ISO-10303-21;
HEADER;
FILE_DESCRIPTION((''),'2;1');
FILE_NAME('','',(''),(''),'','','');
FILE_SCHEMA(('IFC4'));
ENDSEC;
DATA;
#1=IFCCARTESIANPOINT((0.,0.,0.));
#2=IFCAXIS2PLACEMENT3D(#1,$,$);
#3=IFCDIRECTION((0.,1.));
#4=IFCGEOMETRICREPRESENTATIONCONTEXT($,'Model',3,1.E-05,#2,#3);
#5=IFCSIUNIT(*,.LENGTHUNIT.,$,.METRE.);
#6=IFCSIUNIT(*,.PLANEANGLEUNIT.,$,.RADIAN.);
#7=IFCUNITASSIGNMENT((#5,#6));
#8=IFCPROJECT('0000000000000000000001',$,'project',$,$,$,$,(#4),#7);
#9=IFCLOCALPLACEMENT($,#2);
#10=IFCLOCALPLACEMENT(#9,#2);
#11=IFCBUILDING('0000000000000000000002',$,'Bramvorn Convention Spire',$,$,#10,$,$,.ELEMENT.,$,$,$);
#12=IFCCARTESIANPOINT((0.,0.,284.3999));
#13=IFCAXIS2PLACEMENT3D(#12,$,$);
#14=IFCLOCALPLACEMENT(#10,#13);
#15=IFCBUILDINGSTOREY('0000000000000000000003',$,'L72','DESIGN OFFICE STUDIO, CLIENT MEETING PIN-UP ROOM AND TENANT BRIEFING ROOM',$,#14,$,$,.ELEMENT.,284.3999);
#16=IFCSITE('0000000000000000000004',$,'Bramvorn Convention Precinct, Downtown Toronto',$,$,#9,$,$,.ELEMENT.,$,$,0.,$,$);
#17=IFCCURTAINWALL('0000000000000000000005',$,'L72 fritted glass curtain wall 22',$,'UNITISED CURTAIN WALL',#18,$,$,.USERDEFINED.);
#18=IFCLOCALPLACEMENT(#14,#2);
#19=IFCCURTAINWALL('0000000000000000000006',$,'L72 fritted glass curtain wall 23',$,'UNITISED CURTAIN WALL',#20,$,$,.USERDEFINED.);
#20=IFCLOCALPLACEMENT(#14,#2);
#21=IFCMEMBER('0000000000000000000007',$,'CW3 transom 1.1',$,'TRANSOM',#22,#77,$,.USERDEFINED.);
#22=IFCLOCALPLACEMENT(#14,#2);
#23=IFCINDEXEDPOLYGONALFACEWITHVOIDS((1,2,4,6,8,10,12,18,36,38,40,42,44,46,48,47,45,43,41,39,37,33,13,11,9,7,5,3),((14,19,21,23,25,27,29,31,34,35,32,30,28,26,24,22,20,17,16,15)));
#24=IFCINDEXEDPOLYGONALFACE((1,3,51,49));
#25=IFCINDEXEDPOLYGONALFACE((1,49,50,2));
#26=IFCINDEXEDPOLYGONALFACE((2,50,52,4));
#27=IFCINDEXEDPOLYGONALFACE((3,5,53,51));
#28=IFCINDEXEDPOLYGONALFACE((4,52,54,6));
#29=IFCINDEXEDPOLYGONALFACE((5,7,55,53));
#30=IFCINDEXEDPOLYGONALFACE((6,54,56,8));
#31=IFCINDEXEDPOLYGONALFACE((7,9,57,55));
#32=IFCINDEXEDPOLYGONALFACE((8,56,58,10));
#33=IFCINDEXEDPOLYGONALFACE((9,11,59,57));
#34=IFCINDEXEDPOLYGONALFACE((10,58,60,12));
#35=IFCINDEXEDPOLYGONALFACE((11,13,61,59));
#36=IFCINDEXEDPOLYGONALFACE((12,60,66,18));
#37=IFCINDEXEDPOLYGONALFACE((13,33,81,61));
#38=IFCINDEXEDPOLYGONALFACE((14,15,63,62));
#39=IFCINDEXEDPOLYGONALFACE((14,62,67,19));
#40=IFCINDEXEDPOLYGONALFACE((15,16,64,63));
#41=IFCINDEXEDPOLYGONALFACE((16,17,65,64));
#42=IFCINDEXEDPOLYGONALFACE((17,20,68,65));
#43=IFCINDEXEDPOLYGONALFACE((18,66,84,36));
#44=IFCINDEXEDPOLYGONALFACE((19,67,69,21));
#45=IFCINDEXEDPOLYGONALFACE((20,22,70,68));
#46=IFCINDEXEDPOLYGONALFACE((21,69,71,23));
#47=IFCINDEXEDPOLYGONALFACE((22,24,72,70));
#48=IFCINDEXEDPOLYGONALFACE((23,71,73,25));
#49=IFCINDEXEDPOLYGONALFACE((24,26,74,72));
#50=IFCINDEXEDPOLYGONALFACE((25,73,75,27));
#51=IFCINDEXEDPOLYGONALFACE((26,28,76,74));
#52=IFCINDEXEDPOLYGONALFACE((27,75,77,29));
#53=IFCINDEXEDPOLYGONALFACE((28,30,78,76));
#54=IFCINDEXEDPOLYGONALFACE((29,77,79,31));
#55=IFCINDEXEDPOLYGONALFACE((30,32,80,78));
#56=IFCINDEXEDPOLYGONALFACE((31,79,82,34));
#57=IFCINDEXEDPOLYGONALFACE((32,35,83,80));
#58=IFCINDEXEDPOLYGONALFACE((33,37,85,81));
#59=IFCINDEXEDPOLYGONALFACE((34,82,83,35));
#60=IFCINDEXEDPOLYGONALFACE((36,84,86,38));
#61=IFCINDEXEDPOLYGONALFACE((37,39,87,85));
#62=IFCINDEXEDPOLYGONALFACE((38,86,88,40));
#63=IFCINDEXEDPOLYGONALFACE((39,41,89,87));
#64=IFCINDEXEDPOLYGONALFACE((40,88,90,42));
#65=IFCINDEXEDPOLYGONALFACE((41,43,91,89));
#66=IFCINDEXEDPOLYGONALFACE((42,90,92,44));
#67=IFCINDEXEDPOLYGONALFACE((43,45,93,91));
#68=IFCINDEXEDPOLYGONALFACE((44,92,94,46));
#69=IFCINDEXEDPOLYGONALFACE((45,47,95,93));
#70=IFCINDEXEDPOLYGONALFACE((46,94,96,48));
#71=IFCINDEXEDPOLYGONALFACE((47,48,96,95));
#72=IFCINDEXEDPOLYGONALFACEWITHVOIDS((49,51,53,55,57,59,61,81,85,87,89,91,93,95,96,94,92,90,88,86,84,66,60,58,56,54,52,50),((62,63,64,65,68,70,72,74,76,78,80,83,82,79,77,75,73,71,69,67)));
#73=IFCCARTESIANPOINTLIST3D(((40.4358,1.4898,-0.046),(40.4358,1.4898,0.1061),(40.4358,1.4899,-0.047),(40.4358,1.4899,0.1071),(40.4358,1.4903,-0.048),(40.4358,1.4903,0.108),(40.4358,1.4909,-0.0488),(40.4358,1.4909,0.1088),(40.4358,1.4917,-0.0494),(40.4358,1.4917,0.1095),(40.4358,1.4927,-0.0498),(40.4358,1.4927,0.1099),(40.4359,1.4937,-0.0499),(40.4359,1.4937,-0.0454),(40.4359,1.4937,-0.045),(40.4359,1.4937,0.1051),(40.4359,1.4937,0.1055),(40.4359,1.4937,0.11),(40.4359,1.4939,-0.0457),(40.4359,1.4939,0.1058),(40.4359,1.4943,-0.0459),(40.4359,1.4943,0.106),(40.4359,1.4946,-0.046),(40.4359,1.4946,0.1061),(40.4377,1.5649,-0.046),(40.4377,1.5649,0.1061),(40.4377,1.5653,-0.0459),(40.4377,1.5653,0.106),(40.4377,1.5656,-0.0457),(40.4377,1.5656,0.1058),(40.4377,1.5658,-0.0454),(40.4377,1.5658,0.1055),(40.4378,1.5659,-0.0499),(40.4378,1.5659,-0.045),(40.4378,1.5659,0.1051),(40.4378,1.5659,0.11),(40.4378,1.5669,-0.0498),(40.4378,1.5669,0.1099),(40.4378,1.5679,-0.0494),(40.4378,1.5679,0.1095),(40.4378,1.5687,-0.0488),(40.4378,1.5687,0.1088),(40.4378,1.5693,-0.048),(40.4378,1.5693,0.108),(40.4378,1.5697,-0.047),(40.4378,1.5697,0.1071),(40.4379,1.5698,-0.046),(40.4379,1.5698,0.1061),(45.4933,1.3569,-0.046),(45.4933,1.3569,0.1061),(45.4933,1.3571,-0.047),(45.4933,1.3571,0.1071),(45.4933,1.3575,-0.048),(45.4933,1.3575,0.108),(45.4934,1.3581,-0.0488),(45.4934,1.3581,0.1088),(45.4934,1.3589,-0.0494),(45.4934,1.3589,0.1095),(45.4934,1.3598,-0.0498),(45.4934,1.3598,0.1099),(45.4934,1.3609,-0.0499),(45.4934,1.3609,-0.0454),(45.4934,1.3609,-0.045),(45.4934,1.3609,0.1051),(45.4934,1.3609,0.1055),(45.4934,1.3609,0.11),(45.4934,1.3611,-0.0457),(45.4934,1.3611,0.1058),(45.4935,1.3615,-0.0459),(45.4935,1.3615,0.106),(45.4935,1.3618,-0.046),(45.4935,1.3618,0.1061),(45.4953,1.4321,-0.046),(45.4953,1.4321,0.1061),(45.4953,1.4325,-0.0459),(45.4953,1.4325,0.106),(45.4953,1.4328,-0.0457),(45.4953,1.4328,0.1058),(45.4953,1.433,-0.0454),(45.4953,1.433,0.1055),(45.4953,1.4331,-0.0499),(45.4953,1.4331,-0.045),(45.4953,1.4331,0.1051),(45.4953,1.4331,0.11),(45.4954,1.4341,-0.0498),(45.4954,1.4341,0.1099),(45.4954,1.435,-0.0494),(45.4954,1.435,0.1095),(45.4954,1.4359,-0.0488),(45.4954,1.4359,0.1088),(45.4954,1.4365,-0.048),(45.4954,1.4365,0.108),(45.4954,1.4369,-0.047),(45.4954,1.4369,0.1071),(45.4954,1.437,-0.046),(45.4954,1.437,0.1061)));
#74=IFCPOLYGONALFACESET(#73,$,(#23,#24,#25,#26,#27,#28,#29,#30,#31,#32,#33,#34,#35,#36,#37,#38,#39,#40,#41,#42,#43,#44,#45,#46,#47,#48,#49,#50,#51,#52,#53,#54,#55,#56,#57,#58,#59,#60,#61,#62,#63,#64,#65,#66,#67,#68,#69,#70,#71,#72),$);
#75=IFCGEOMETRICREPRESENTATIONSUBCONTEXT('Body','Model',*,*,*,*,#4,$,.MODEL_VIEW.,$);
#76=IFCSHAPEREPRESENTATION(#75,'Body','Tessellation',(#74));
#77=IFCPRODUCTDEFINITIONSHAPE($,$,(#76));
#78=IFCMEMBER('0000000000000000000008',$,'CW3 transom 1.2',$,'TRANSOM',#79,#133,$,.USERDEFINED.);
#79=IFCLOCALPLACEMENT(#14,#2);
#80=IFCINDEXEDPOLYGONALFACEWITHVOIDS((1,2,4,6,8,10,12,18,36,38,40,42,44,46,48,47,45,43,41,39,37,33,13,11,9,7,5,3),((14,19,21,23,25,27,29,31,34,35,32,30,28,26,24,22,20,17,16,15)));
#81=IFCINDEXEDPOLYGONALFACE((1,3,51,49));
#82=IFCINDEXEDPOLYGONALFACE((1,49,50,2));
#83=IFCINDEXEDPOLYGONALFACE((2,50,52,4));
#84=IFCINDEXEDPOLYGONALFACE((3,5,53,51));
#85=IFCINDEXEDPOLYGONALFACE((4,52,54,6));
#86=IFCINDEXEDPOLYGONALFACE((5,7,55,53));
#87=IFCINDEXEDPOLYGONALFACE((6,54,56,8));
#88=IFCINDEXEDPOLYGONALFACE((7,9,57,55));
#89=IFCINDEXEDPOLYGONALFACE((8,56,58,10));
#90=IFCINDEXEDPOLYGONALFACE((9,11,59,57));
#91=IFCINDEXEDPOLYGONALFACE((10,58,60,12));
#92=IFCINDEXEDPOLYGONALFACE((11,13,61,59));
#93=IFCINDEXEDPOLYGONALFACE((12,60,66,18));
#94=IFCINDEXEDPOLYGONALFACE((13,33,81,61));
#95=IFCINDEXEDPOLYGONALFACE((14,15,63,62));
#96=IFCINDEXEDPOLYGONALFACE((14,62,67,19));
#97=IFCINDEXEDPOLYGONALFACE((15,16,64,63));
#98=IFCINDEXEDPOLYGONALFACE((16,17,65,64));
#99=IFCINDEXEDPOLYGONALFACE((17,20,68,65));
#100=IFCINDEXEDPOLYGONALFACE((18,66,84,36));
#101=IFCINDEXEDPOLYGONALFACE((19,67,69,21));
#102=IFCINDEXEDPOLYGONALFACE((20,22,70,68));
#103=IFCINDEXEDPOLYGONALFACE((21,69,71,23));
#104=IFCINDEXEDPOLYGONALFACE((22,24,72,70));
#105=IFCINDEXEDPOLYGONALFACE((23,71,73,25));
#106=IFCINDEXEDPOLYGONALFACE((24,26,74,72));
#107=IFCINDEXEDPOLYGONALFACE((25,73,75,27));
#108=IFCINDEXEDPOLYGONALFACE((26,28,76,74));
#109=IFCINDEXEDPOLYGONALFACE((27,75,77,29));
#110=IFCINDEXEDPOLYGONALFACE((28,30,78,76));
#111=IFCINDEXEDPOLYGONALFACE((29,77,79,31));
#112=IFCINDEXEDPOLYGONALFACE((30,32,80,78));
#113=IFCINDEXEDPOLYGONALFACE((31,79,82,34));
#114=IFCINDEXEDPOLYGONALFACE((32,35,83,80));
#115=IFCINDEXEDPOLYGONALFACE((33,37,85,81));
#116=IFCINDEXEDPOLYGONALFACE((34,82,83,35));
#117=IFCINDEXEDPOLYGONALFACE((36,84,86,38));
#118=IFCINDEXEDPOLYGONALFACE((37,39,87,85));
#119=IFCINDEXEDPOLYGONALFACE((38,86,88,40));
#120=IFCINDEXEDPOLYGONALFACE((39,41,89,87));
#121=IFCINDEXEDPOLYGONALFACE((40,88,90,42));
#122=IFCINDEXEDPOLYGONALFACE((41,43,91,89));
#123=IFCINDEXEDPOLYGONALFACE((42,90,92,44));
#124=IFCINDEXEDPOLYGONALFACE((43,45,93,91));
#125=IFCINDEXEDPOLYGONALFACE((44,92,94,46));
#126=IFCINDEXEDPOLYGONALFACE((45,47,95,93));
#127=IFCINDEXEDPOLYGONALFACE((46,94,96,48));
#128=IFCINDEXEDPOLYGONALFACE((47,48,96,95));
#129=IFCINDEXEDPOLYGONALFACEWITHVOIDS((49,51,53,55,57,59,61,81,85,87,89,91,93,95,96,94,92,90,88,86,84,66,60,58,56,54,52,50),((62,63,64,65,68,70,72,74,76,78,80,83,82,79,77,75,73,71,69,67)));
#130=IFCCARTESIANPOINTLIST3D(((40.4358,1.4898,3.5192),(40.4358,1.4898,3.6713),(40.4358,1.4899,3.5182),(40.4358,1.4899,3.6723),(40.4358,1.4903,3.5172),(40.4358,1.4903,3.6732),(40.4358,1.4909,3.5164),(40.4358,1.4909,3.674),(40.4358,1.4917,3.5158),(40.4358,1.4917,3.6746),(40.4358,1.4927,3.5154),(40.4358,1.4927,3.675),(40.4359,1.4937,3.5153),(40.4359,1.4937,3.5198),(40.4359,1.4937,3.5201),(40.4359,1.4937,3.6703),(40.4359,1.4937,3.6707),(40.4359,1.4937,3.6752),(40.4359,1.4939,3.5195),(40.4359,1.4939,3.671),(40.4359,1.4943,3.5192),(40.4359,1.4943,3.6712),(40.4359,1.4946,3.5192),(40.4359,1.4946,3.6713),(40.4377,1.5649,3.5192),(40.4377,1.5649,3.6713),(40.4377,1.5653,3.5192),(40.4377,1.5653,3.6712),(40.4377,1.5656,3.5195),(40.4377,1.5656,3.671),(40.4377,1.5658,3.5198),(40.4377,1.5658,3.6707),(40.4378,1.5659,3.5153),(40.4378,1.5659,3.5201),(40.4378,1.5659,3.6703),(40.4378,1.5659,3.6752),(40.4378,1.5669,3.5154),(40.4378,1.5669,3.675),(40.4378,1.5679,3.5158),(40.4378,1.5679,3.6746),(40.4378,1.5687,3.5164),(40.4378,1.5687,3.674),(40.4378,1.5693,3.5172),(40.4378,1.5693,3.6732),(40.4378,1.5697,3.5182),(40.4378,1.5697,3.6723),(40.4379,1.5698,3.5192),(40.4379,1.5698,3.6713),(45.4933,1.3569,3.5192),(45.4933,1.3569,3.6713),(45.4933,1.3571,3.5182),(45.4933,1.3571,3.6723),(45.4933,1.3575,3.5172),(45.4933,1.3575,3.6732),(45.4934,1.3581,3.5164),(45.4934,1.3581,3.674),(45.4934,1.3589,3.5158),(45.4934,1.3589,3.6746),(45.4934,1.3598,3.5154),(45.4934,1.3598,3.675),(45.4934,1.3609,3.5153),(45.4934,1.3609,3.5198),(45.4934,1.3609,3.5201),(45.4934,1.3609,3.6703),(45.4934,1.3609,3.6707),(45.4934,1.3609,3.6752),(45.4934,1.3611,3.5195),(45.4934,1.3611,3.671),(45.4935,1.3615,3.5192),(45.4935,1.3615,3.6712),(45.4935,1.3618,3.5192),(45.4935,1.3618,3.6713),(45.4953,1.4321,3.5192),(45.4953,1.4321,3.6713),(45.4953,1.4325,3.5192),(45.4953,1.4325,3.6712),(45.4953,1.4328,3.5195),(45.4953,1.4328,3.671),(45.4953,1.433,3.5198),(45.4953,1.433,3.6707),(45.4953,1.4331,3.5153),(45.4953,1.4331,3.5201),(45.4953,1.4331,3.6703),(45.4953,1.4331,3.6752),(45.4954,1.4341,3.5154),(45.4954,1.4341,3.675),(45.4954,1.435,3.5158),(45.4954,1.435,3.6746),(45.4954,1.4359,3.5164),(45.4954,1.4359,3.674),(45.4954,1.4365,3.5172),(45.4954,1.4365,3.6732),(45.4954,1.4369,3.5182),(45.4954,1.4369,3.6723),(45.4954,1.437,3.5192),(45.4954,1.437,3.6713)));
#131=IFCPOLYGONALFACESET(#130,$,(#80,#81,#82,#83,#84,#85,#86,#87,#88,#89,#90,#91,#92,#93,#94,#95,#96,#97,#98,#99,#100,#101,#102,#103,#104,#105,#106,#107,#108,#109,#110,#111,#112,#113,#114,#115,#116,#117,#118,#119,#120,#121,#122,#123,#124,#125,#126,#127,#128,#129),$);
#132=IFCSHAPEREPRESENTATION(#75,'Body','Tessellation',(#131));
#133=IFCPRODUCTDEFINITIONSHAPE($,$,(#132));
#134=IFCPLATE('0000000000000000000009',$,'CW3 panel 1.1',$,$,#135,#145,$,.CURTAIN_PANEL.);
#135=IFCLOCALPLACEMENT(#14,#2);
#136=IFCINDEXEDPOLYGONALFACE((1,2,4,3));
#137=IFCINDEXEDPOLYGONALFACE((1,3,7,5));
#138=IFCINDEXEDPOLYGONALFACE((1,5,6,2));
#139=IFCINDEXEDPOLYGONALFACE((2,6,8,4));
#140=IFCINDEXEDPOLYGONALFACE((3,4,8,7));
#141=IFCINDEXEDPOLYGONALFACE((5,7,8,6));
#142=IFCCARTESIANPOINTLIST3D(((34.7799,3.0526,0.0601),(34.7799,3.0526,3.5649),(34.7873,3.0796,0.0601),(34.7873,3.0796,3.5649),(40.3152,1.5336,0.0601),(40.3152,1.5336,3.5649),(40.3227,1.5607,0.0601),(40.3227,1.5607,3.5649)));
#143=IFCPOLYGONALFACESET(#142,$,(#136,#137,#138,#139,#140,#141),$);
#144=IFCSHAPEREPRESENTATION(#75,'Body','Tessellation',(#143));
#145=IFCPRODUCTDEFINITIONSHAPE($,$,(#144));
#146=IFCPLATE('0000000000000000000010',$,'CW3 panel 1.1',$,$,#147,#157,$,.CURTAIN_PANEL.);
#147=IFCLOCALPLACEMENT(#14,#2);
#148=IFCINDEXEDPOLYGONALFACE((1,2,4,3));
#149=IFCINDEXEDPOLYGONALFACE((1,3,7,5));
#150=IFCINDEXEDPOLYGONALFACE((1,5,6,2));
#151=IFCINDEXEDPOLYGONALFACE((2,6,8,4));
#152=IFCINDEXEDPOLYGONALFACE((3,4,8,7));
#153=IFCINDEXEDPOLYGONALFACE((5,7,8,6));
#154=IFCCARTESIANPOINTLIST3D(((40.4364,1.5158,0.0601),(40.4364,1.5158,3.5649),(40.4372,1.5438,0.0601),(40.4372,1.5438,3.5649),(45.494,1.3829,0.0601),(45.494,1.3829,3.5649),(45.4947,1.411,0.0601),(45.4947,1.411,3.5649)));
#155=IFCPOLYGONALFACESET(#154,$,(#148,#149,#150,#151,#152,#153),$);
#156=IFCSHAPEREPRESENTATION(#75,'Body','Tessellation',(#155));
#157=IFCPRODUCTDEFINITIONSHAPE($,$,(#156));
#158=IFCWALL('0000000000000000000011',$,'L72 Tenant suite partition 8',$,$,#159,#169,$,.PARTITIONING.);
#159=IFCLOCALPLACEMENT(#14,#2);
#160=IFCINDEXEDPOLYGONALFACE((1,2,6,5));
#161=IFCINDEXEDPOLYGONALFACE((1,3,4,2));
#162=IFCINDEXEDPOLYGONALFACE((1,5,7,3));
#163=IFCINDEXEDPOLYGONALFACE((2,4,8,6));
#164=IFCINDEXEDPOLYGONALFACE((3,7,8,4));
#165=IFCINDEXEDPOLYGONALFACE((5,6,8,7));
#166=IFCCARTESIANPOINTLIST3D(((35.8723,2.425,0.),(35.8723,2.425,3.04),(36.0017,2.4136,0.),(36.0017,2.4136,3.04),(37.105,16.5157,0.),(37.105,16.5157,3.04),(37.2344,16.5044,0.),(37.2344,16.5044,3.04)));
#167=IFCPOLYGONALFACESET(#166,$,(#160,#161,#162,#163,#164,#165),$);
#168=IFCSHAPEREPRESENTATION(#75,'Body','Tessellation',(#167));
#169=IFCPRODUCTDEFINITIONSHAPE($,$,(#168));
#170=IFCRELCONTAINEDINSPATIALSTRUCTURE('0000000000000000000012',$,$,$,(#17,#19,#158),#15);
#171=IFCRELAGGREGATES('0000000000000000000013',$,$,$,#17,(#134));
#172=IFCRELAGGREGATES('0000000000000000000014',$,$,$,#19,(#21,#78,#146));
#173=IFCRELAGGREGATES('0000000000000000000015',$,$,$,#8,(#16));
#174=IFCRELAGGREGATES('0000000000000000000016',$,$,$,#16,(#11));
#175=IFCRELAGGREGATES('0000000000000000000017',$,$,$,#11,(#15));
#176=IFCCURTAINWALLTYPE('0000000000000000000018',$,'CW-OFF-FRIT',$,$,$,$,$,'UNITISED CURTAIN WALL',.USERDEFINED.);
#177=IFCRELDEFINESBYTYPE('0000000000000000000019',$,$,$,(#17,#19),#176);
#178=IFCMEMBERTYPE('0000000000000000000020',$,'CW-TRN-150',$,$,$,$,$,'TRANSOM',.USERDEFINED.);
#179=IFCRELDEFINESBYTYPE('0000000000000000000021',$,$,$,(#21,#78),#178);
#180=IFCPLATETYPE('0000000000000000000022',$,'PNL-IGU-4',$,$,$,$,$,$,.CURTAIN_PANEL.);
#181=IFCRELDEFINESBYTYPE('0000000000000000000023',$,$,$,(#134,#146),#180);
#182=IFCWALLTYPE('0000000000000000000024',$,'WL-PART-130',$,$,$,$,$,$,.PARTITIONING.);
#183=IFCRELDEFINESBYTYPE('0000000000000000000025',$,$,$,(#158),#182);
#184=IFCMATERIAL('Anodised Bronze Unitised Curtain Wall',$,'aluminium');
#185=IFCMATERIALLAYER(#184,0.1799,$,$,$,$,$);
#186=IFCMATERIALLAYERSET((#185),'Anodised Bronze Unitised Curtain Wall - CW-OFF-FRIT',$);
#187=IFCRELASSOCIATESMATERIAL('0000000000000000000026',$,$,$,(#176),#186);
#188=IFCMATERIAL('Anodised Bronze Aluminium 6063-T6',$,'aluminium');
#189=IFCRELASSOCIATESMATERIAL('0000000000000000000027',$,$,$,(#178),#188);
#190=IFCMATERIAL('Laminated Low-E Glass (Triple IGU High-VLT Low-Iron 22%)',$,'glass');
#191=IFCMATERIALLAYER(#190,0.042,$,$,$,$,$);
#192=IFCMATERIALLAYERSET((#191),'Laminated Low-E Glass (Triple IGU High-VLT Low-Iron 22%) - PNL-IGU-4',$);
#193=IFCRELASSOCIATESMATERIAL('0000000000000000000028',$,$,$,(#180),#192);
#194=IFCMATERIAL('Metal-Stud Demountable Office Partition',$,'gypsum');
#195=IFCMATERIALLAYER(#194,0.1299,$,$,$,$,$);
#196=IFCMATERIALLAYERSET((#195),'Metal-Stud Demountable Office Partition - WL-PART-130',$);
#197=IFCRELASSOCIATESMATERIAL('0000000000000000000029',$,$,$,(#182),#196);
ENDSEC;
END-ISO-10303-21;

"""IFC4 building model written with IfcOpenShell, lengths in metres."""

from ifc_helpers import new_model, si_unit, direction, frame, frame_2d, origin, origin_2d, place, context, subcontext, project, spatial, rectangle, hollow_rectangle, extrude, material, layer, layer_set, material_profile, profile_set, type_object, element, aggregate, save


model = new_model("IFC4")

# Units and contexts
model_context = context("Model", 3, precision=1e-05, world=origin(), true_north=direction((0.0, 1.0)))
body_context = subcontext(model_context, "Body", "Model", "MODEL_VIEW")
ifc_project = project(units=[si_unit("LENGTHUNIT", "METRE"), si_unit("PLANEANGLEUNIT", "RADIAN")], contexts=[model_context])

# Site, building, storey
site_placement = place(None, origin())
site = spatial("IfcSite", under=ifc_project, at=site_placement, Name="Bramvorn Convention Precinct, Downtown Toronto", CompositionType="ELEMENT", RefElevation=0.0)
building_placement = place(site_placement, origin())
building = spatial("IfcBuilding", under=site, at=building_placement, Name="Bramvorn Convention Spire", CompositionType="ELEMENT")
storey_placement = place(building_placement, frame((0.0, 0.0, 284.3999)))
storey = spatial("IfcBuildingStorey", under=building, at=storey_placement, Name="L72", Description="DESIGN OFFICE STUDIO, CLIENT MEETING PIN-UP ROOM AND TENANT BRIEFING ROOM", CompositionType="ELEMENT", Elevation=284.3999)

# Curtain walls
ifc_material_1 = material(Name="Anodised Bronze Unitised Curtain Wall", Category="aluminium")
ifc_layer_1 = layer(ifc_material_1, 0.1799)
ifc_layer_set_1 = layer_set([ifc_layer_1], Name="Anodised Bronze Unitised Curtain Wall - CW-OFF-FRIT")
curtain_wall_type = type_object("IfcCurtainWallType", Name="CW-OFF-FRIT", ElementType="UNITISED CURTAIN WALL", PredefinedType="USERDEFINED", material=ifc_layer_set_1)
curtain_wall_1_placement = place(storey_placement, origin())
curtain_wall_1 = element("IfcCurtainWall", 1, at=curtain_wall_1_placement, inside=storey, type_object=curtain_wall_type, Name="L72 fritted glass curtain wall 22", ObjectType="UNITISED CURTAIN WALL", PredefinedType="USERDEFINED")
ifc_material_2 = material(Name="Anodised Bronze Aluminium 6063-T6", Category="aluminium")
curtain_wall_2_placement = place(storey_placement, origin())
curtain_wall_2 = element("IfcCurtainWall", 2, at=curtain_wall_2_placement, inside=storey, type_object=curtain_wall_type, Name="L72 fritted glass curtain wall 23", ObjectType="UNITISED CURTAIN WALL", PredefinedType="USERDEFINED")

# Members
ifc_material_profile_1 = material_profile(ifc_material_2, hollow_rectangle(XDim=0.0801, YDim=0.1599, WallThickness=0.0039, InnerFilletRadius=0.001, OuterFilletRadius=0.0039, at=origin_2d()))
ifc_profile_set_1 = profile_set([ifc_material_profile_1], Name="Anodised Bronze Aluminium 6063-T6 - CWT80X160")
member_type_1 = type_object("IfcMemberType", Name="CW-TRN-150", ElementType="TRANSOM", PredefinedType="USERDEFINED", material=ifc_profile_set_1)
member_1_placement = place(storey_placement, frame((45.4944, 1.397, 0.03), z_axis=(-0.999655, 0.026251, 0.0), x_axis=(-0.026251, -0.999655, 0.0)))
member_1 = element("IfcMember", 3, at=member_1_placement, type_object=member_type_1, Name="CW3 transom 1.1", ObjectType="TRANSOM", PredefinedType="USERDEFINED", context=body_context, shape_type="SweptSolid", body=[
    extrude(hollow_rectangle(XDim=0.0801, YDim=0.1599, WallThickness=0.0039, InnerFilletRadius=0.001, OuterFilletRadius=0.0039, at=origin_2d()), origin(), (0.0, 0.0, 1.0), 5.0593),
])
member_2_placement = place(storey_placement, frame((45.4944, 1.397, 3.5952), z_axis=(-0.999655, 0.026251, 0.0), x_axis=(-0.026251, -0.999655, 0.0)))
member_2 = element("IfcMember", 4, at=member_2_placement, type_object=member_type_1, Name="CW3 transom 1.2", ObjectType="TRANSOM", PredefinedType="USERDEFINED", context=body_context, shape_type="SweptSolid", body=[
    extrude(hollow_rectangle(XDim=0.0801, YDim=0.1599, WallThickness=0.0039, InnerFilletRadius=0.001, OuterFilletRadius=0.0039, at=origin_2d()), origin(), (0.0, 0.0, 1.0), 5.0593),
])

# Plates
ifc_material_3 = material(Name="Laminated Low-E Glass (Triple IGU High-VLT Low-Iron 22%)", Category="glass")
ifc_layer_2 = layer(ifc_material_3, 0.042)
ifc_layer_set_2 = layer_set([ifc_layer_2], Name="Laminated Low-E Glass (Triple IGU High-VLT Low-Iron 22%) - PNL-IGU-4")
plate_type = type_object("IfcPlateType", Name="PNL-IGU-4", PredefinedType="CURTAIN_PANEL", material=ifc_layer_set_2)
plate_1_placement = place(storey_placement, frame((37.5513, 2.3066, 0.0601), z_axis=(0.0, 0.0, 1.0), x_axis=(-0.964352, 0.264625, 0.0)))
plate_1 = element("IfcPlate", 5, at=plate_1_placement, type_object=plate_type, Name="CW3 panel 1.1", PredefinedType="CURTAIN_PANEL", context=body_context, shape_type="SweptSolid", body=[
    extrude(rectangle(XDim=5.74, YDim=0.0281, at=origin_2d()), origin(), (0.0, 0.0, 1.0), 3.5049),
])
aggregate(curtain_wall_1, [plate_1])
plate_2_placement = place(storey_placement, frame((42.9656, 1.4634, 0.0601), z_axis=(0.0, 0.0, 1.0), x_axis=(-0.999655, 0.026258, 0.0)))
plate_2 = element("IfcPlate", 6, at=plate_2_placement, type_object=plate_type, Name="CW3 panel 1.1", PredefinedType="CURTAIN_PANEL", context=body_context, shape_type="SweptSolid", body=[
    extrude(rectangle(XDim=5.0593, YDim=0.0281, at=origin_2d()), origin(), (0.0, 0.0, 1.0), 3.5049),
])
aggregate(curtain_wall_2, [member_1, member_2, plate_2])

# Wall
ifc_material_4 = material(Name="Metal-Stud Demountable Office Partition", Category="gypsum")
ifc_layer_3 = layer(ifc_material_4, 0.1299)
ifc_layer_set_3 = layer_set([ifc_layer_3], Name="Metal-Stud Demountable Office Partition - WL-PART-130")
wall_type = type_object("IfcWallType", Name="WL-PART-130", PredefinedType="PARTITIONING", material=ifc_layer_set_3)
wall_placement = place(storey_placement, frame((37.1697, 16.51, 0.0), z_axis=(0.0, 0.0, 1.0), x_axis=(-0.087147, -0.996195, 0.0)))
element("IfcWall", 7, at=wall_placement, inside=storey, type_object=wall_type, Name="L72 Tenant suite partition 8", PredefinedType="PARTITIONING", context=body_context, shape_type="SweptSolid", body=[
    extrude(rectangle(XDim=14.1445, YDim=0.1299, at=frame_2d((7.0723, 0.0))), origin(), (0.0, 0.0, 1.0), 3.04),
])

save(model, "model.ifc")
